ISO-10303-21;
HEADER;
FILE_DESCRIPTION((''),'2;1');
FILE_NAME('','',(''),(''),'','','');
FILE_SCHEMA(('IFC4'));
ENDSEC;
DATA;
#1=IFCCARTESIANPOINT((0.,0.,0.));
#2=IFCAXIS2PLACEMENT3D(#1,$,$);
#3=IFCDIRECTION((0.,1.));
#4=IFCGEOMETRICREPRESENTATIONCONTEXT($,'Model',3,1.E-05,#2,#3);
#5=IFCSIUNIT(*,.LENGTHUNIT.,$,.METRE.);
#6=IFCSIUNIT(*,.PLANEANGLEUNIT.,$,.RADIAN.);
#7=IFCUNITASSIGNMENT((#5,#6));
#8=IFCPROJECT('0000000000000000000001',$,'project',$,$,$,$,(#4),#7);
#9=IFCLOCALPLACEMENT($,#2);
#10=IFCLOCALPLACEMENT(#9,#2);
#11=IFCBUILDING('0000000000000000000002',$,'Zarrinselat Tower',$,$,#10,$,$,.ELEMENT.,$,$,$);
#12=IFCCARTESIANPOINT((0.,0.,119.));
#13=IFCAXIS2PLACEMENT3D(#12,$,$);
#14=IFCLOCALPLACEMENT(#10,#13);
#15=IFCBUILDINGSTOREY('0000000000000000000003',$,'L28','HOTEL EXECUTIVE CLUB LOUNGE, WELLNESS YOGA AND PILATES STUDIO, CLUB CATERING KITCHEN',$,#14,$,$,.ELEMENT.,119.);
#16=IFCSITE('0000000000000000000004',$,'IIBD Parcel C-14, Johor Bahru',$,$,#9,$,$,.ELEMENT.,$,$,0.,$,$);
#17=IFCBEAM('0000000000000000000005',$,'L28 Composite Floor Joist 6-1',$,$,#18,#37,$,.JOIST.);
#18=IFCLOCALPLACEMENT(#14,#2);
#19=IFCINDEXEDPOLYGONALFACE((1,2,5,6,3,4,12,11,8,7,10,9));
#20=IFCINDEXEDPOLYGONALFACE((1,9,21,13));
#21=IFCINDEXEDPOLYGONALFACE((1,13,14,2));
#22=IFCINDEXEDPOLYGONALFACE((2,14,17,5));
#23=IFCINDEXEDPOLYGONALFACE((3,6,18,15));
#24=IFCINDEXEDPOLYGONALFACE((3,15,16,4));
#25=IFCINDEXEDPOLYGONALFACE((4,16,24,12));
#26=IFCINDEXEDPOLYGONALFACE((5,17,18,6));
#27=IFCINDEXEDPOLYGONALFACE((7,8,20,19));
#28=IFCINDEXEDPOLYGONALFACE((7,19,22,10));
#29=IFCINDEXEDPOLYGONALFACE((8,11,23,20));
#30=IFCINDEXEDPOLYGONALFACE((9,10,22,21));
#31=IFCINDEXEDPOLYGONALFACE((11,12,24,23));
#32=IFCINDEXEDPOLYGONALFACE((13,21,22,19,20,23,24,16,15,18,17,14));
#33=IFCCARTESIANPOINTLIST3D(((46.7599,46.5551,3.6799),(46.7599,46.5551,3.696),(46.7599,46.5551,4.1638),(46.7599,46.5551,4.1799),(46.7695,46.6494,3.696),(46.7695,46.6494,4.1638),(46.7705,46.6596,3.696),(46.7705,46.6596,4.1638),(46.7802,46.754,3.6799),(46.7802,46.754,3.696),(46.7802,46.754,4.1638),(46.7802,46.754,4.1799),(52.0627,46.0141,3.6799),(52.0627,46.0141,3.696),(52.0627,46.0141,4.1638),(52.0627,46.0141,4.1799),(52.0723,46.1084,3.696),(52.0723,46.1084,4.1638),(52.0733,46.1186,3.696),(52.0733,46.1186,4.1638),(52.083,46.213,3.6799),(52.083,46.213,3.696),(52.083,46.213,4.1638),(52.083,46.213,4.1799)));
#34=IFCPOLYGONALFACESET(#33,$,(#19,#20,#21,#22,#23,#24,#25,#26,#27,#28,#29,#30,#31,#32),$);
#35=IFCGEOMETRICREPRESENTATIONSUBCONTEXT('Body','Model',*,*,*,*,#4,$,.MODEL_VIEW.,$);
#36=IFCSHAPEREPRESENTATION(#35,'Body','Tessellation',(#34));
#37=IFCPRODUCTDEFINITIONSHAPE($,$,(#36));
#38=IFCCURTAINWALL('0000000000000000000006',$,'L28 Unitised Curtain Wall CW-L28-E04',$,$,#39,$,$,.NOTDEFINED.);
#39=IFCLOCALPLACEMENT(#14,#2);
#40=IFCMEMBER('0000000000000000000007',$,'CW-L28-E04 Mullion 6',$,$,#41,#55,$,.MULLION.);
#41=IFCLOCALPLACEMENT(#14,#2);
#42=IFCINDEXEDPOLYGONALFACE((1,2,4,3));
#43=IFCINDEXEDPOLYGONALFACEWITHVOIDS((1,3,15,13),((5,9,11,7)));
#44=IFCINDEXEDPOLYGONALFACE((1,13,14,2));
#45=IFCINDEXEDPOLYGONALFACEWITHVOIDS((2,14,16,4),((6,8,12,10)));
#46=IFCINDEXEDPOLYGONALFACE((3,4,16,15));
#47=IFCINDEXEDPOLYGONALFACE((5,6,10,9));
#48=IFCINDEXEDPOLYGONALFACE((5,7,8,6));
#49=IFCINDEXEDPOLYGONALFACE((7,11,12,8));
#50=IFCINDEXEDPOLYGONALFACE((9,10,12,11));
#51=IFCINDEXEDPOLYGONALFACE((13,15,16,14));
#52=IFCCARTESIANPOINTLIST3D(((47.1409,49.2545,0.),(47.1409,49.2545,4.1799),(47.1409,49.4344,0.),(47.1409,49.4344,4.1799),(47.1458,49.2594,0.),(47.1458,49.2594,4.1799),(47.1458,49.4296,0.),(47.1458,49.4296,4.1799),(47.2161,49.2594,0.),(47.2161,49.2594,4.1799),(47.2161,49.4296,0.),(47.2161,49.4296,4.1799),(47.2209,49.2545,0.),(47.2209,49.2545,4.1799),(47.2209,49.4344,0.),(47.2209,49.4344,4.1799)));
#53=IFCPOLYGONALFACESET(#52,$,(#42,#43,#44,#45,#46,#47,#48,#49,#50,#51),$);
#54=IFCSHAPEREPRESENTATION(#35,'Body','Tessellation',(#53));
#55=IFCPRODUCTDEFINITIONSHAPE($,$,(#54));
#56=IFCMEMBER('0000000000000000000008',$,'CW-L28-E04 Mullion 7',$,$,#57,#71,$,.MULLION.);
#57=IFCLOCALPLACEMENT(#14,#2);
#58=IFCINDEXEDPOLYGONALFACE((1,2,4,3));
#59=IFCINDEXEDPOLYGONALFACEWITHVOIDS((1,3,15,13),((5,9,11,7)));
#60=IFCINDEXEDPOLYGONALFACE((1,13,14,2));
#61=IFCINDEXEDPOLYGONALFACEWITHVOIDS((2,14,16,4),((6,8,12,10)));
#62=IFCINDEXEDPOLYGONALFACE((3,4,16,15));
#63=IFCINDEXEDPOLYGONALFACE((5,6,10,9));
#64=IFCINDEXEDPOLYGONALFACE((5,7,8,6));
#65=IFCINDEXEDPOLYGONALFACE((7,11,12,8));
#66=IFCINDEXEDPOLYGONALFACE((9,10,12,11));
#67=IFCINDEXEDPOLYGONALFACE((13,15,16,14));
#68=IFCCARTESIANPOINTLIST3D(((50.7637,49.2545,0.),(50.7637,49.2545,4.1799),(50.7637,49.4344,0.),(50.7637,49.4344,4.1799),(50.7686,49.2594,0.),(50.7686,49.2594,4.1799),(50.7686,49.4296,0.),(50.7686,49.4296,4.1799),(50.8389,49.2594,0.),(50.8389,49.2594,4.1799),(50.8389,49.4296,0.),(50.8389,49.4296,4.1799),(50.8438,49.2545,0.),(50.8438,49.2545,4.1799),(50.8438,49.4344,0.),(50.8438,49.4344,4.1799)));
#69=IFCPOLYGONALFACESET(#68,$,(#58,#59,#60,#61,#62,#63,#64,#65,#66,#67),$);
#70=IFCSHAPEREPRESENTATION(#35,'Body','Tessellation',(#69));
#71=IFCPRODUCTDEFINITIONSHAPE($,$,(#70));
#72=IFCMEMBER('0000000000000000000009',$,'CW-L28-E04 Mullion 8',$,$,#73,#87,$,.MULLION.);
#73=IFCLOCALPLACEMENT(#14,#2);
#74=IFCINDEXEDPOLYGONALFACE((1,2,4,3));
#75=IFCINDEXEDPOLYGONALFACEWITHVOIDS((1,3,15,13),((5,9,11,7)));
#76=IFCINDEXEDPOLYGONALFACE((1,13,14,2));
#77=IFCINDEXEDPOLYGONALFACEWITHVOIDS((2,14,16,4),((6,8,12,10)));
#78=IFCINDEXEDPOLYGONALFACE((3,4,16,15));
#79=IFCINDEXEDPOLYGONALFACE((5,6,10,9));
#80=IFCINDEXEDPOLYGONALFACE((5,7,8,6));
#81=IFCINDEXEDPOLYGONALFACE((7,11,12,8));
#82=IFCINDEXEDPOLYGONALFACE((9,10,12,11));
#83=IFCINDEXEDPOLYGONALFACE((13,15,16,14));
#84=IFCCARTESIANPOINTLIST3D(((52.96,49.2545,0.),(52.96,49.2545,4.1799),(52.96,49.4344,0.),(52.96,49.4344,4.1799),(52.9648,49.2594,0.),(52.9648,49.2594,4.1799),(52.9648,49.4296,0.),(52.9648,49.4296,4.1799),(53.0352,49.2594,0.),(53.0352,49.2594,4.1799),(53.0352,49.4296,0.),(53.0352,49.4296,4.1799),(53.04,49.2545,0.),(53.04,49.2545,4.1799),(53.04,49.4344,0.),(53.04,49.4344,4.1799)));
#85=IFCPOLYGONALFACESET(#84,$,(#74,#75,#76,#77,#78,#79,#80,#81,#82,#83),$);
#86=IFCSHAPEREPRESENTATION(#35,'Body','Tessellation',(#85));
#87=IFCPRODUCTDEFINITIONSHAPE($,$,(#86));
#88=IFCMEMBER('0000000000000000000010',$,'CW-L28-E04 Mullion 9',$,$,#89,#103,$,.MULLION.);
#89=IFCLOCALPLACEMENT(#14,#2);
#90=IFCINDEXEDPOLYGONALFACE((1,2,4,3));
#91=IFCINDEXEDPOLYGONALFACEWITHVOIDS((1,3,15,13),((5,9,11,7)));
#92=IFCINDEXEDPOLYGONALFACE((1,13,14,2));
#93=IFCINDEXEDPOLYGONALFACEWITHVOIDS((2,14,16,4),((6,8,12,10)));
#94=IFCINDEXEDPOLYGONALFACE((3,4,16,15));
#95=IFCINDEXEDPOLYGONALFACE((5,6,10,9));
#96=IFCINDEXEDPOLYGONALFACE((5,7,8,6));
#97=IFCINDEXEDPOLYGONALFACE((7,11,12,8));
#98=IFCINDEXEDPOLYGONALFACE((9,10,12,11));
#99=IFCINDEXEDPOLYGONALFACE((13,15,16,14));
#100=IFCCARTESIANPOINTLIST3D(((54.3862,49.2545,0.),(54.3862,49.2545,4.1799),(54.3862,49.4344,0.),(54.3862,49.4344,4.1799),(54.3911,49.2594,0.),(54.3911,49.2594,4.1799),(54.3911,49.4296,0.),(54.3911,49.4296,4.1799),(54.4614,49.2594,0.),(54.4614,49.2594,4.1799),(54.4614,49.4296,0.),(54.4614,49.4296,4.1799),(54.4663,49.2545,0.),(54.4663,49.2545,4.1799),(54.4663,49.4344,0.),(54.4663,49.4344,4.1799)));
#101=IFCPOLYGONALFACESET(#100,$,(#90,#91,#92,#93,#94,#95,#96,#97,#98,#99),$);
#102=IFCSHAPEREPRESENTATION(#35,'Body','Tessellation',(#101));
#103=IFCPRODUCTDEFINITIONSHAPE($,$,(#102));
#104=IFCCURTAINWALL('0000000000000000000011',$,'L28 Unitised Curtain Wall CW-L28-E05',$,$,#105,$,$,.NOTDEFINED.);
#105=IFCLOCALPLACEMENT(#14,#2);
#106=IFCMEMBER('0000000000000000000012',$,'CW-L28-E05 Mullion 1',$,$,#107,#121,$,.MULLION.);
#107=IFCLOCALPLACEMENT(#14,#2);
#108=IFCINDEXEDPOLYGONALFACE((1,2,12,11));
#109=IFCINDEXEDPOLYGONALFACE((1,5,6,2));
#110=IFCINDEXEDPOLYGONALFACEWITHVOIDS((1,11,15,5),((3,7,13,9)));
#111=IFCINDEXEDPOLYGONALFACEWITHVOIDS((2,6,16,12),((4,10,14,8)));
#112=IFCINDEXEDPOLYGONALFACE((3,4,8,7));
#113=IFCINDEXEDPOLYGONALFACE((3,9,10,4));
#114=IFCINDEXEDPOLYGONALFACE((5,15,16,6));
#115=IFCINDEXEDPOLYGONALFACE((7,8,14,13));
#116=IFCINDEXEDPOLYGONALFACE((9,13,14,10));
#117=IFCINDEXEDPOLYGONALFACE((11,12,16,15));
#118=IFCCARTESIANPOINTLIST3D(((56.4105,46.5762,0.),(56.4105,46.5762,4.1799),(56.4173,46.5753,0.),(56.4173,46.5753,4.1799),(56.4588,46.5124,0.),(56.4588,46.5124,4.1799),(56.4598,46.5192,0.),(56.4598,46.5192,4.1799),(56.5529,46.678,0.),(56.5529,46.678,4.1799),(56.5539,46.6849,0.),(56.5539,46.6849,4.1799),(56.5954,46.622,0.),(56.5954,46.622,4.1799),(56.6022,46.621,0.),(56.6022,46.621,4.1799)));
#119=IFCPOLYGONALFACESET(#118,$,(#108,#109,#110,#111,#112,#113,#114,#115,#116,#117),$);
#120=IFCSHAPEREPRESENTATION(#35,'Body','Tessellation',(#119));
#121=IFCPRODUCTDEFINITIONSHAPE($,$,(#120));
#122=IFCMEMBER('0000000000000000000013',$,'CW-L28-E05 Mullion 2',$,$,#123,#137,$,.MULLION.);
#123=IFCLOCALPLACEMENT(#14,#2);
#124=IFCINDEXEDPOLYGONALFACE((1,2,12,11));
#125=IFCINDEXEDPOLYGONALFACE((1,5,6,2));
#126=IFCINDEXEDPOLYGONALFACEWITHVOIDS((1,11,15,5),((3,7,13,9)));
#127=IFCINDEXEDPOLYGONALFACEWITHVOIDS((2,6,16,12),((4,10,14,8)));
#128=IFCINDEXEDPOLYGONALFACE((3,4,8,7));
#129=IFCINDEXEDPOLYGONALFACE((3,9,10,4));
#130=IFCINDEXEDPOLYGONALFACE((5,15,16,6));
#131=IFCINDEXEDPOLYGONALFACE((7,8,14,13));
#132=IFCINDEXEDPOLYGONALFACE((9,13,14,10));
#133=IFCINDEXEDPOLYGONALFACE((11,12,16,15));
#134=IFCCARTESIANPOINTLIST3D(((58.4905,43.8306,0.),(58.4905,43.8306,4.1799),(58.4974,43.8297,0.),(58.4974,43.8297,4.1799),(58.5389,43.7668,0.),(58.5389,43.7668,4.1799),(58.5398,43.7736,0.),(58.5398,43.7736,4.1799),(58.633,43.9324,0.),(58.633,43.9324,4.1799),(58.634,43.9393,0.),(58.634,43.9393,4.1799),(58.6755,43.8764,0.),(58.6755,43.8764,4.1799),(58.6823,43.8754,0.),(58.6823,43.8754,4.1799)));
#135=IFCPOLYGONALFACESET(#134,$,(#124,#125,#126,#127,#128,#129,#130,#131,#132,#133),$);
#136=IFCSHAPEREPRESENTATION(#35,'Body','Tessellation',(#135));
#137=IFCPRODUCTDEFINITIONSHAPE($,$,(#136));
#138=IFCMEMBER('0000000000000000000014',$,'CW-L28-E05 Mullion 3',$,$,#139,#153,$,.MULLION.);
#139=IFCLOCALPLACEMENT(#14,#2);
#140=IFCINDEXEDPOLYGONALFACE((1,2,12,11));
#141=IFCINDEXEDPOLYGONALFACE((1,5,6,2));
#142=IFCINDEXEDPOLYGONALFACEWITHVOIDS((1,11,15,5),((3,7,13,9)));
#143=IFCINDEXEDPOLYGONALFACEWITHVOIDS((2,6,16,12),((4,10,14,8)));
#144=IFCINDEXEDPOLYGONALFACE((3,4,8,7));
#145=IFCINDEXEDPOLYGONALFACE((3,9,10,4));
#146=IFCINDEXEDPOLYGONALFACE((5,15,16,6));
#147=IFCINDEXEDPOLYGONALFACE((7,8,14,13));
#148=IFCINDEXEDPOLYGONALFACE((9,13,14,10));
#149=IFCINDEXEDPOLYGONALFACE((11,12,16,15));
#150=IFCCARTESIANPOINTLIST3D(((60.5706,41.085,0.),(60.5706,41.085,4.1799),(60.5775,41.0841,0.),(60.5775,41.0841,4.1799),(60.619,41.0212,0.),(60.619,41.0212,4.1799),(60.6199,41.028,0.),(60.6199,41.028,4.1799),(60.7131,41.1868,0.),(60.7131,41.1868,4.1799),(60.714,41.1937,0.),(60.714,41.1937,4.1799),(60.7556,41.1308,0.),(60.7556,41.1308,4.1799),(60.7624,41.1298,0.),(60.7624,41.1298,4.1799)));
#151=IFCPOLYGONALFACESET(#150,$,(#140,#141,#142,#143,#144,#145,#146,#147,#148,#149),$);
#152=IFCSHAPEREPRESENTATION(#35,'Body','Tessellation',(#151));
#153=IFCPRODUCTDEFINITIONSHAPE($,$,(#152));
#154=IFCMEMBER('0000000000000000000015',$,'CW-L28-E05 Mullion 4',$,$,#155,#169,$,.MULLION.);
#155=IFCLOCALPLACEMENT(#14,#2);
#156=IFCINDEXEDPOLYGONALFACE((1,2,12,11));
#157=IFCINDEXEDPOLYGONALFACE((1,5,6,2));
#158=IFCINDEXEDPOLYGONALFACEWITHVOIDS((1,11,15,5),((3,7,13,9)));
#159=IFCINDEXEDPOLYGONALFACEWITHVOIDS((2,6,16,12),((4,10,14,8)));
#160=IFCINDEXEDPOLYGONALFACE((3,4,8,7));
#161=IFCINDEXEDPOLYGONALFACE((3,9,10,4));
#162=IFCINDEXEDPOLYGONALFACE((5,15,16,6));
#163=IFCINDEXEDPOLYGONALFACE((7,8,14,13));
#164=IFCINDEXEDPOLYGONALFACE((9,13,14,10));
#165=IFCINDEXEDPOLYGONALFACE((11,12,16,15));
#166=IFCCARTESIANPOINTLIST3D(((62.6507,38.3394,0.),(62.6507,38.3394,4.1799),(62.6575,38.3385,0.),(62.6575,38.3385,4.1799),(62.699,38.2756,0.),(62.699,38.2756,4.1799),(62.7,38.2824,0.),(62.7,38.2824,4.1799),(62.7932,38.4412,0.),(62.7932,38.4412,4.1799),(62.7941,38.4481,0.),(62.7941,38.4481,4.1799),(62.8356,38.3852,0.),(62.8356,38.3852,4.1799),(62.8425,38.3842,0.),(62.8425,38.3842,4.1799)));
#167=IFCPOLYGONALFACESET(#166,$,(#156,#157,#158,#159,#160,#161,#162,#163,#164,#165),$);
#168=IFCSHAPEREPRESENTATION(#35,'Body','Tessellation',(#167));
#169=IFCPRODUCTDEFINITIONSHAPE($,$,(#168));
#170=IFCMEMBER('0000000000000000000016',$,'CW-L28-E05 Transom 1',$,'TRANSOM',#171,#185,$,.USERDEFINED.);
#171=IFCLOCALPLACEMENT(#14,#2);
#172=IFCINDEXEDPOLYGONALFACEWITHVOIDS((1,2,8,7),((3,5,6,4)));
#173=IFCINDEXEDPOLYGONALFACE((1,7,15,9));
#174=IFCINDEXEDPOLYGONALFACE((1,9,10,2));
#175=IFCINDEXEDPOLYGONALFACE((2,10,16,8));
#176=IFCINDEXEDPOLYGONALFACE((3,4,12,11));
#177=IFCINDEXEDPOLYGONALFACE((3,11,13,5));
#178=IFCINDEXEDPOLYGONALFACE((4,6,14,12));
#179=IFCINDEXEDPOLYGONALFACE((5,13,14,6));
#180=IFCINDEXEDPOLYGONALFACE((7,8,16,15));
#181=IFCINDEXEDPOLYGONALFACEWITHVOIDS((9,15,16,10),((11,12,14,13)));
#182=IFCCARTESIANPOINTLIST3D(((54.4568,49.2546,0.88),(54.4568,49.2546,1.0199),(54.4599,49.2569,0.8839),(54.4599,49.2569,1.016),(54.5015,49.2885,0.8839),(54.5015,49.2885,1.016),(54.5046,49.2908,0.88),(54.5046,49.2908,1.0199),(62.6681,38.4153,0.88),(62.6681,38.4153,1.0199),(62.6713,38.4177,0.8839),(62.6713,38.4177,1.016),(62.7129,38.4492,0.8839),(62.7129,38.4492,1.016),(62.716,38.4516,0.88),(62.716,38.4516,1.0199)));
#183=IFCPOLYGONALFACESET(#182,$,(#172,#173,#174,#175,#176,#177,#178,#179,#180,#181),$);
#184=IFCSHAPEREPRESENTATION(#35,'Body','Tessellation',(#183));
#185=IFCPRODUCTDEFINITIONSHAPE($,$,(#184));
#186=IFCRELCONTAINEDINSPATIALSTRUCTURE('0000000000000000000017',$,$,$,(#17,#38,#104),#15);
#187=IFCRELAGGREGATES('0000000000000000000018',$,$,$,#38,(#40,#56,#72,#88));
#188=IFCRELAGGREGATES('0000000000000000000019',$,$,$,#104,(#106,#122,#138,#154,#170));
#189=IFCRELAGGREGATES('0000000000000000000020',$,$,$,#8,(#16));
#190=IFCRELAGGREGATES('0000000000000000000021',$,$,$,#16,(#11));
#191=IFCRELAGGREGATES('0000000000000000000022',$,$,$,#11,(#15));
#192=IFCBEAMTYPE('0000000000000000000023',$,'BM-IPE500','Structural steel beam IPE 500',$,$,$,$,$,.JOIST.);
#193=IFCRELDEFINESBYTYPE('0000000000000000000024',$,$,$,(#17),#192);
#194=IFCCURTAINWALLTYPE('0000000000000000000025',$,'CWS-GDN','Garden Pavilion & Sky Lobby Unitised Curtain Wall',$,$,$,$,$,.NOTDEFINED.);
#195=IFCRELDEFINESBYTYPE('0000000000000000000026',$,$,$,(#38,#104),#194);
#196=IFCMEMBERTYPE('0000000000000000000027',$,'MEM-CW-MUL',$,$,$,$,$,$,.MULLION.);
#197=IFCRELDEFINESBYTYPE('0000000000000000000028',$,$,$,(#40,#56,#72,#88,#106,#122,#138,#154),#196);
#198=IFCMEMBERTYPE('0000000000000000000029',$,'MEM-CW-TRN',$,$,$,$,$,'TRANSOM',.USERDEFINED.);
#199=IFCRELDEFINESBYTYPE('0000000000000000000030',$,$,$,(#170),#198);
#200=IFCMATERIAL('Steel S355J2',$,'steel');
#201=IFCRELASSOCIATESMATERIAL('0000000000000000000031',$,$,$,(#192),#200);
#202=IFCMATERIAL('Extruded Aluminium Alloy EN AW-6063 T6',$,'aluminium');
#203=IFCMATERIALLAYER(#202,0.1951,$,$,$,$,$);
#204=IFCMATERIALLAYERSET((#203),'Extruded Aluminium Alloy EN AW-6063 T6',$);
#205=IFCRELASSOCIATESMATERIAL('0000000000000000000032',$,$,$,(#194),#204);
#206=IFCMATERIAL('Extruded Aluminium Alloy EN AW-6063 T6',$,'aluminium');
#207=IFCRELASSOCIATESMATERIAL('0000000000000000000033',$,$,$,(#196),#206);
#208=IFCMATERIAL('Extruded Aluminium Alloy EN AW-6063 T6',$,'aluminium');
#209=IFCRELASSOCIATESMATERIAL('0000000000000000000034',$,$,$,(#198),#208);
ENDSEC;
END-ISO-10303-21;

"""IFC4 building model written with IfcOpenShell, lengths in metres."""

from ifc_helpers import new_model, si_unit, direction, frame, origin, origin_2d, place, context, subcontext, project, spatial, hollow_rectangle, i_section, extrude, material, layer, layer_set, material_profile, profile_set, type_object, element, aggregate, save


model = new_model("IFC4")

# Units and contexts
model_context = context("Model", 3, precision=1e-05, world=origin(), true_north=direction((0.0, 1.0)))
body_context = subcontext(model_context, "Body", "Model", "MODEL_VIEW")
ifc_project = project(units=[si_unit("LENGTHUNIT", "METRE"), si_unit("PLANEANGLEUNIT", "RADIAN")], contexts=[model_context])

# Site, building, storey
site_placement = place(None, origin())
site = spatial("IfcSite", under=ifc_project, at=site_placement, Name="IIBD Parcel C-14, Johor Bahru", CompositionType="ELEMENT", RefElevation=0.0)
building_placement = place(site_placement, origin())
building = spatial("IfcBuilding", under=site, at=building_placement, Name="Zarrinselat Tower", CompositionType="ELEMENT")
storey_placement = place(building_placement, frame((0.0, 0.0, 119.0)))
storey = spatial("IfcBuildingStorey", under=building, at=storey_placement, Name="L28", Description="HOTEL EXECUTIVE CLUB LOUNGE, WELLNESS YOGA AND PILATES STUDIO, CLUB CATERING KITCHEN", CompositionType="ELEMENT", Elevation=119.0)

# Beam
ifc_material_1 = material(Name="Steel S355J2", Category="steel")
ifc_material_profile_1 = material_profile(ifc_material_1, i_section(OverallWidth=0.2, OverallDepth=0.5, WebThickness=0.0103, FlangeThickness=0.0161, at=origin_2d()), Name="IPE 500")
ifc_profile_set_1 = profile_set([ifc_material_profile_1], Name="Steel S355J2")
beam_type_1 = type_object("IfcBeamType", Name="BM-IPE500", Description="Structural steel beam IPE 500", PredefinedType="JOIST", material=ifc_profile_set_1)
beam_1_placement = place(storey_placement, frame((46.77, 46.6545, 3.9299), z_axis=(0.994836, -0.101499, 0.0), x_axis=(0.101499, 0.994836, 0.0)))
element("IfcBeam", 1, at=beam_1_placement, inside=storey, type_object=beam_type_1, Name="L28 Composite Floor Joist 6-1", PredefinedType="JOIST", context=body_context, shape_type="SweptSolid", body=[
    extrude(i_section(OverallWidth=0.2, OverallDepth=0.5, WebThickness=0.0103, FlangeThickness=0.0161, at=origin_2d()), origin(), (0.0, 0.0, 1.0), 5.3303),
])

# Curtain walls, members
ifc_material_2 = material(Name="Extruded Aluminium Alloy EN AW-6063 T6", Category="aluminium")
ifc_layer_1 = layer(ifc_material_2, 0.1951)
ifc_layer_set_1 = layer_set([ifc_layer_1], Name="Extruded Aluminium Alloy EN AW-6063 T6")
curtain_wall_type = type_object("IfcCurtainWallType", Name="CWS-GDN", Description="Garden Pavilion & Sky Lobby Unitised Curtain Wall", PredefinedType="NOTDEFINED", material=ifc_layer_set_1)
curtain_wall_1_placement = place(storey_placement, origin())
curtain_wall_1 = element("IfcCurtainWall", 2, at=curtain_wall_1_placement, inside=storey, type_object=curtain_wall_type, Name="L28 Unitised Curtain Wall CW-L28-E04", PredefinedType="NOTDEFINED")
ifc_material_3 = material(Name="Extruded Aluminium Alloy EN AW-6063 T6", Category="aluminium")
ifc_material_profile_2 = material_profile(ifc_material_3, hollow_rectangle(XDim=0.0801, YDim=0.1799, WallThickness=0.0049, at=origin_2d()), Name="RHS 180x80x5")
ifc_profile_set_2 = profile_set([ifc_material_profile_2], Name="Extruded Aluminium Alloy EN AW-6063 T6")
member_type_1 = type_object("IfcMemberType", Name="MEM-CW-MUL", PredefinedType="MULLION", material=ifc_profile_set_2)
member_1_placement = place(storey_placement, frame((47.1809, 49.3445, 0.0), z_axis=(0.0, 0.0, 1.0), x_axis=(1.0, 0.0, 0.0)))
member_1 = element("IfcMember", 3, at=member_1_placement, type_object=member_type_1, Name="CW-L28-E04 Mullion 6", PredefinedType="MULLION", context=body_context, shape_type="SweptSolid", body=[
    extrude(hollow_rectangle(XDim=0.0801, YDim=0.1799, WallThickness=0.0049, at=origin_2d()), origin(), (0.0, 0.0, 1.0), 4.1799),
])
member_2_placement = place(storey_placement, frame((50.8037, 49.3445, 0.0), z_axis=(0.0, 0.0, 1.0), x_axis=(1.0, 0.0, 0.0)))
member_2 = element("IfcMember", 4, at=member_2_placement, type_object=member_type_1, Name="CW-L28-E04 Mullion 7", PredefinedType="MULLION", context=body_context, shape_type="SweptSolid", body=[
    extrude(hollow_rectangle(XDim=0.0801, YDim=0.1799, WallThickness=0.0049, at=origin_2d()), origin(), (0.0, 0.0, 1.0), 4.1799),
])
member_3_placement = place(storey_placement, frame((53.0, 49.3445, 0.0), z_axis=(0.0, 0.0, 1.0), x_axis=(1.0, 0.0, 0.0)))
member_3 = element("IfcMember", 5, at=member_3_placement, type_object=member_type_1, Name="CW-L28-E04 Mullion 8", PredefinedType="MULLION", context=body_context, shape_type="SweptSolid", body=[
    extrude(hollow_rectangle(XDim=0.0801, YDim=0.1799, WallThickness=0.0049, at=origin_2d()), origin(), (0.0, 0.0, 1.0), 4.1799),
])
member_4_placement = place(storey_placement, frame((54.4263, 49.3445, 0.0), z_axis=(0.0, 0.0, 1.0), x_axis=(1.0, 0.0, 0.0)))
member_4 = element("IfcMember", 6, at=member_4_placement, type_object=member_type_1, Name="CW-L28-E04 Mullion 9", PredefinedType="MULLION", context=body_context, shape_type="SweptSolid", body=[
    extrude(hollow_rectangle(XDim=0.0801, YDim=0.1799, WallThickness=0.0049, at=origin_2d()), origin(), (0.0, 0.0, 1.0), 4.1799),
])
curtain_wall_2_placement = place(storey_placement, origin())
curtain_wall_2 = element("IfcCurtainWall", 7, at=curtain_wall_2_placement, inside=storey, type_object=curtain_wall_type, Name="L28 Unitised Curtain Wall CW-L28-E05", PredefinedType="NOTDEFINED")
member_5_placement = place(storey_placement, frame((56.5063, 46.5986, 0.0), z_axis=(0.0, 0.0, 1.0), x_axis=(0.603856, -0.797093, 0.0)))
member_5 = element("IfcMember", 8, at=member_5_placement, type_object=member_type_1, Name="CW-L28-E05 Mullion 1", PredefinedType="MULLION", context=body_context, shape_type="SweptSolid", body=[
    extrude(hollow_rectangle(XDim=0.0801, YDim=0.1799, WallThickness=0.0049, at=origin_2d()), origin(), (0.0, 0.0, 1.0), 4.1799),
])
member_6_placement = place(storey_placement, frame((58.5864, 43.853, 0.0), z_axis=(0.0, 0.0, 1.0), x_axis=(0.603856, -0.797093, 0.0)))
member_6 = element("IfcMember", 9, at=member_6_placement, type_object=member_type_1, Name="CW-L28-E05 Mullion 2", PredefinedType="MULLION", context=body_context, shape_type="SweptSolid", body=[
    extrude(hollow_rectangle(XDim=0.0801, YDim=0.1799, WallThickness=0.0049, at=origin_2d()), origin(), (0.0, 0.0, 1.0), 4.1799),
])
member_7_placement = place(storey_placement, frame((60.6665, 41.1074, 0.0), z_axis=(0.0, 0.0, 1.0), x_axis=(0.603856, -0.797093, 0.0)))
member_7 = element("IfcMember", 10, at=member_7_placement, type_object=member_type_1, Name="CW-L28-E05 Mullion 3", PredefinedType="MULLION", context=body_context, shape_type="SweptSolid", body=[
    extrude(hollow_rectangle(XDim=0.0801, YDim=0.1799, WallThickness=0.0049, at=origin_2d()), origin(), (0.0, 0.0, 1.0), 4.1799),
])
member_8_placement = place(storey_placement, frame((62.7466, 38.3618, 0.0), z_axis=(0.0, 0.0, 1.0), x_axis=(0.603856, -0.797093, 0.0)))
member_8 = element("IfcMember", 11, at=member_8_placement, type_object=member_type_1, Name="CW-L28-E05 Mullion 4", PredefinedType="MULLION", context=body_context, shape_type="SweptSolid", body=[
    extrude(hollow_rectangle(XDim=0.0801, YDim=0.1799, WallThickness=0.0049, at=origin_2d()), origin(), (0.0, 0.0, 1.0), 4.1799),
])
ifc_material_4 = material(Name="Extruded Aluminium Alloy EN AW-6063 T6", Category="aluminium")
ifc_material_profile_3 = material_profile(ifc_material_4, hollow_rectangle(XDim=0.0601, YDim=0.1399, WallThickness=0.0039, at=origin_2d()), Name="RHS 140x60x4")
ifc_profile_set_3 = profile_set([ifc_material_profile_3], Name="Extruded Aluminium Alloy EN AW-6063 T6")
member_type_2 = type_object("IfcMemberType", Name="MEM-CW-TRN", ElementType="TRANSOM", PredefinedType="USERDEFINED", material=ifc_profile_set_3)
member_9_placement = place(storey_placement, frame((54.4807, 49.2727, 0.95), z_axis=(0.603848, -0.797099, 0.0), x_axis=(0.797099, 0.603848, 0.0)))
member_9 = element("IfcMember", 12, at=member_9_placement, type_object=member_type_2, Name="CW-L28-E05 Transom 1", ObjectType="TRANSOM", PredefinedType="USERDEFINED", context=body_context, shape_type="SweptSolid", body=[
    extrude(hollow_rectangle(XDim=0.0601, YDim=0.1399, WallThickness=0.0039, at=origin_2d()), origin(), (0.0, 0.0, 1.0), 13.5984),
])

aggregate(curtain_wall_1, [member_1, member_2, member_3, member_4])
aggregate(curtain_wall_2, [member_5, member_6, member_7, member_8, member_9])

save(model, "model.ifc")
